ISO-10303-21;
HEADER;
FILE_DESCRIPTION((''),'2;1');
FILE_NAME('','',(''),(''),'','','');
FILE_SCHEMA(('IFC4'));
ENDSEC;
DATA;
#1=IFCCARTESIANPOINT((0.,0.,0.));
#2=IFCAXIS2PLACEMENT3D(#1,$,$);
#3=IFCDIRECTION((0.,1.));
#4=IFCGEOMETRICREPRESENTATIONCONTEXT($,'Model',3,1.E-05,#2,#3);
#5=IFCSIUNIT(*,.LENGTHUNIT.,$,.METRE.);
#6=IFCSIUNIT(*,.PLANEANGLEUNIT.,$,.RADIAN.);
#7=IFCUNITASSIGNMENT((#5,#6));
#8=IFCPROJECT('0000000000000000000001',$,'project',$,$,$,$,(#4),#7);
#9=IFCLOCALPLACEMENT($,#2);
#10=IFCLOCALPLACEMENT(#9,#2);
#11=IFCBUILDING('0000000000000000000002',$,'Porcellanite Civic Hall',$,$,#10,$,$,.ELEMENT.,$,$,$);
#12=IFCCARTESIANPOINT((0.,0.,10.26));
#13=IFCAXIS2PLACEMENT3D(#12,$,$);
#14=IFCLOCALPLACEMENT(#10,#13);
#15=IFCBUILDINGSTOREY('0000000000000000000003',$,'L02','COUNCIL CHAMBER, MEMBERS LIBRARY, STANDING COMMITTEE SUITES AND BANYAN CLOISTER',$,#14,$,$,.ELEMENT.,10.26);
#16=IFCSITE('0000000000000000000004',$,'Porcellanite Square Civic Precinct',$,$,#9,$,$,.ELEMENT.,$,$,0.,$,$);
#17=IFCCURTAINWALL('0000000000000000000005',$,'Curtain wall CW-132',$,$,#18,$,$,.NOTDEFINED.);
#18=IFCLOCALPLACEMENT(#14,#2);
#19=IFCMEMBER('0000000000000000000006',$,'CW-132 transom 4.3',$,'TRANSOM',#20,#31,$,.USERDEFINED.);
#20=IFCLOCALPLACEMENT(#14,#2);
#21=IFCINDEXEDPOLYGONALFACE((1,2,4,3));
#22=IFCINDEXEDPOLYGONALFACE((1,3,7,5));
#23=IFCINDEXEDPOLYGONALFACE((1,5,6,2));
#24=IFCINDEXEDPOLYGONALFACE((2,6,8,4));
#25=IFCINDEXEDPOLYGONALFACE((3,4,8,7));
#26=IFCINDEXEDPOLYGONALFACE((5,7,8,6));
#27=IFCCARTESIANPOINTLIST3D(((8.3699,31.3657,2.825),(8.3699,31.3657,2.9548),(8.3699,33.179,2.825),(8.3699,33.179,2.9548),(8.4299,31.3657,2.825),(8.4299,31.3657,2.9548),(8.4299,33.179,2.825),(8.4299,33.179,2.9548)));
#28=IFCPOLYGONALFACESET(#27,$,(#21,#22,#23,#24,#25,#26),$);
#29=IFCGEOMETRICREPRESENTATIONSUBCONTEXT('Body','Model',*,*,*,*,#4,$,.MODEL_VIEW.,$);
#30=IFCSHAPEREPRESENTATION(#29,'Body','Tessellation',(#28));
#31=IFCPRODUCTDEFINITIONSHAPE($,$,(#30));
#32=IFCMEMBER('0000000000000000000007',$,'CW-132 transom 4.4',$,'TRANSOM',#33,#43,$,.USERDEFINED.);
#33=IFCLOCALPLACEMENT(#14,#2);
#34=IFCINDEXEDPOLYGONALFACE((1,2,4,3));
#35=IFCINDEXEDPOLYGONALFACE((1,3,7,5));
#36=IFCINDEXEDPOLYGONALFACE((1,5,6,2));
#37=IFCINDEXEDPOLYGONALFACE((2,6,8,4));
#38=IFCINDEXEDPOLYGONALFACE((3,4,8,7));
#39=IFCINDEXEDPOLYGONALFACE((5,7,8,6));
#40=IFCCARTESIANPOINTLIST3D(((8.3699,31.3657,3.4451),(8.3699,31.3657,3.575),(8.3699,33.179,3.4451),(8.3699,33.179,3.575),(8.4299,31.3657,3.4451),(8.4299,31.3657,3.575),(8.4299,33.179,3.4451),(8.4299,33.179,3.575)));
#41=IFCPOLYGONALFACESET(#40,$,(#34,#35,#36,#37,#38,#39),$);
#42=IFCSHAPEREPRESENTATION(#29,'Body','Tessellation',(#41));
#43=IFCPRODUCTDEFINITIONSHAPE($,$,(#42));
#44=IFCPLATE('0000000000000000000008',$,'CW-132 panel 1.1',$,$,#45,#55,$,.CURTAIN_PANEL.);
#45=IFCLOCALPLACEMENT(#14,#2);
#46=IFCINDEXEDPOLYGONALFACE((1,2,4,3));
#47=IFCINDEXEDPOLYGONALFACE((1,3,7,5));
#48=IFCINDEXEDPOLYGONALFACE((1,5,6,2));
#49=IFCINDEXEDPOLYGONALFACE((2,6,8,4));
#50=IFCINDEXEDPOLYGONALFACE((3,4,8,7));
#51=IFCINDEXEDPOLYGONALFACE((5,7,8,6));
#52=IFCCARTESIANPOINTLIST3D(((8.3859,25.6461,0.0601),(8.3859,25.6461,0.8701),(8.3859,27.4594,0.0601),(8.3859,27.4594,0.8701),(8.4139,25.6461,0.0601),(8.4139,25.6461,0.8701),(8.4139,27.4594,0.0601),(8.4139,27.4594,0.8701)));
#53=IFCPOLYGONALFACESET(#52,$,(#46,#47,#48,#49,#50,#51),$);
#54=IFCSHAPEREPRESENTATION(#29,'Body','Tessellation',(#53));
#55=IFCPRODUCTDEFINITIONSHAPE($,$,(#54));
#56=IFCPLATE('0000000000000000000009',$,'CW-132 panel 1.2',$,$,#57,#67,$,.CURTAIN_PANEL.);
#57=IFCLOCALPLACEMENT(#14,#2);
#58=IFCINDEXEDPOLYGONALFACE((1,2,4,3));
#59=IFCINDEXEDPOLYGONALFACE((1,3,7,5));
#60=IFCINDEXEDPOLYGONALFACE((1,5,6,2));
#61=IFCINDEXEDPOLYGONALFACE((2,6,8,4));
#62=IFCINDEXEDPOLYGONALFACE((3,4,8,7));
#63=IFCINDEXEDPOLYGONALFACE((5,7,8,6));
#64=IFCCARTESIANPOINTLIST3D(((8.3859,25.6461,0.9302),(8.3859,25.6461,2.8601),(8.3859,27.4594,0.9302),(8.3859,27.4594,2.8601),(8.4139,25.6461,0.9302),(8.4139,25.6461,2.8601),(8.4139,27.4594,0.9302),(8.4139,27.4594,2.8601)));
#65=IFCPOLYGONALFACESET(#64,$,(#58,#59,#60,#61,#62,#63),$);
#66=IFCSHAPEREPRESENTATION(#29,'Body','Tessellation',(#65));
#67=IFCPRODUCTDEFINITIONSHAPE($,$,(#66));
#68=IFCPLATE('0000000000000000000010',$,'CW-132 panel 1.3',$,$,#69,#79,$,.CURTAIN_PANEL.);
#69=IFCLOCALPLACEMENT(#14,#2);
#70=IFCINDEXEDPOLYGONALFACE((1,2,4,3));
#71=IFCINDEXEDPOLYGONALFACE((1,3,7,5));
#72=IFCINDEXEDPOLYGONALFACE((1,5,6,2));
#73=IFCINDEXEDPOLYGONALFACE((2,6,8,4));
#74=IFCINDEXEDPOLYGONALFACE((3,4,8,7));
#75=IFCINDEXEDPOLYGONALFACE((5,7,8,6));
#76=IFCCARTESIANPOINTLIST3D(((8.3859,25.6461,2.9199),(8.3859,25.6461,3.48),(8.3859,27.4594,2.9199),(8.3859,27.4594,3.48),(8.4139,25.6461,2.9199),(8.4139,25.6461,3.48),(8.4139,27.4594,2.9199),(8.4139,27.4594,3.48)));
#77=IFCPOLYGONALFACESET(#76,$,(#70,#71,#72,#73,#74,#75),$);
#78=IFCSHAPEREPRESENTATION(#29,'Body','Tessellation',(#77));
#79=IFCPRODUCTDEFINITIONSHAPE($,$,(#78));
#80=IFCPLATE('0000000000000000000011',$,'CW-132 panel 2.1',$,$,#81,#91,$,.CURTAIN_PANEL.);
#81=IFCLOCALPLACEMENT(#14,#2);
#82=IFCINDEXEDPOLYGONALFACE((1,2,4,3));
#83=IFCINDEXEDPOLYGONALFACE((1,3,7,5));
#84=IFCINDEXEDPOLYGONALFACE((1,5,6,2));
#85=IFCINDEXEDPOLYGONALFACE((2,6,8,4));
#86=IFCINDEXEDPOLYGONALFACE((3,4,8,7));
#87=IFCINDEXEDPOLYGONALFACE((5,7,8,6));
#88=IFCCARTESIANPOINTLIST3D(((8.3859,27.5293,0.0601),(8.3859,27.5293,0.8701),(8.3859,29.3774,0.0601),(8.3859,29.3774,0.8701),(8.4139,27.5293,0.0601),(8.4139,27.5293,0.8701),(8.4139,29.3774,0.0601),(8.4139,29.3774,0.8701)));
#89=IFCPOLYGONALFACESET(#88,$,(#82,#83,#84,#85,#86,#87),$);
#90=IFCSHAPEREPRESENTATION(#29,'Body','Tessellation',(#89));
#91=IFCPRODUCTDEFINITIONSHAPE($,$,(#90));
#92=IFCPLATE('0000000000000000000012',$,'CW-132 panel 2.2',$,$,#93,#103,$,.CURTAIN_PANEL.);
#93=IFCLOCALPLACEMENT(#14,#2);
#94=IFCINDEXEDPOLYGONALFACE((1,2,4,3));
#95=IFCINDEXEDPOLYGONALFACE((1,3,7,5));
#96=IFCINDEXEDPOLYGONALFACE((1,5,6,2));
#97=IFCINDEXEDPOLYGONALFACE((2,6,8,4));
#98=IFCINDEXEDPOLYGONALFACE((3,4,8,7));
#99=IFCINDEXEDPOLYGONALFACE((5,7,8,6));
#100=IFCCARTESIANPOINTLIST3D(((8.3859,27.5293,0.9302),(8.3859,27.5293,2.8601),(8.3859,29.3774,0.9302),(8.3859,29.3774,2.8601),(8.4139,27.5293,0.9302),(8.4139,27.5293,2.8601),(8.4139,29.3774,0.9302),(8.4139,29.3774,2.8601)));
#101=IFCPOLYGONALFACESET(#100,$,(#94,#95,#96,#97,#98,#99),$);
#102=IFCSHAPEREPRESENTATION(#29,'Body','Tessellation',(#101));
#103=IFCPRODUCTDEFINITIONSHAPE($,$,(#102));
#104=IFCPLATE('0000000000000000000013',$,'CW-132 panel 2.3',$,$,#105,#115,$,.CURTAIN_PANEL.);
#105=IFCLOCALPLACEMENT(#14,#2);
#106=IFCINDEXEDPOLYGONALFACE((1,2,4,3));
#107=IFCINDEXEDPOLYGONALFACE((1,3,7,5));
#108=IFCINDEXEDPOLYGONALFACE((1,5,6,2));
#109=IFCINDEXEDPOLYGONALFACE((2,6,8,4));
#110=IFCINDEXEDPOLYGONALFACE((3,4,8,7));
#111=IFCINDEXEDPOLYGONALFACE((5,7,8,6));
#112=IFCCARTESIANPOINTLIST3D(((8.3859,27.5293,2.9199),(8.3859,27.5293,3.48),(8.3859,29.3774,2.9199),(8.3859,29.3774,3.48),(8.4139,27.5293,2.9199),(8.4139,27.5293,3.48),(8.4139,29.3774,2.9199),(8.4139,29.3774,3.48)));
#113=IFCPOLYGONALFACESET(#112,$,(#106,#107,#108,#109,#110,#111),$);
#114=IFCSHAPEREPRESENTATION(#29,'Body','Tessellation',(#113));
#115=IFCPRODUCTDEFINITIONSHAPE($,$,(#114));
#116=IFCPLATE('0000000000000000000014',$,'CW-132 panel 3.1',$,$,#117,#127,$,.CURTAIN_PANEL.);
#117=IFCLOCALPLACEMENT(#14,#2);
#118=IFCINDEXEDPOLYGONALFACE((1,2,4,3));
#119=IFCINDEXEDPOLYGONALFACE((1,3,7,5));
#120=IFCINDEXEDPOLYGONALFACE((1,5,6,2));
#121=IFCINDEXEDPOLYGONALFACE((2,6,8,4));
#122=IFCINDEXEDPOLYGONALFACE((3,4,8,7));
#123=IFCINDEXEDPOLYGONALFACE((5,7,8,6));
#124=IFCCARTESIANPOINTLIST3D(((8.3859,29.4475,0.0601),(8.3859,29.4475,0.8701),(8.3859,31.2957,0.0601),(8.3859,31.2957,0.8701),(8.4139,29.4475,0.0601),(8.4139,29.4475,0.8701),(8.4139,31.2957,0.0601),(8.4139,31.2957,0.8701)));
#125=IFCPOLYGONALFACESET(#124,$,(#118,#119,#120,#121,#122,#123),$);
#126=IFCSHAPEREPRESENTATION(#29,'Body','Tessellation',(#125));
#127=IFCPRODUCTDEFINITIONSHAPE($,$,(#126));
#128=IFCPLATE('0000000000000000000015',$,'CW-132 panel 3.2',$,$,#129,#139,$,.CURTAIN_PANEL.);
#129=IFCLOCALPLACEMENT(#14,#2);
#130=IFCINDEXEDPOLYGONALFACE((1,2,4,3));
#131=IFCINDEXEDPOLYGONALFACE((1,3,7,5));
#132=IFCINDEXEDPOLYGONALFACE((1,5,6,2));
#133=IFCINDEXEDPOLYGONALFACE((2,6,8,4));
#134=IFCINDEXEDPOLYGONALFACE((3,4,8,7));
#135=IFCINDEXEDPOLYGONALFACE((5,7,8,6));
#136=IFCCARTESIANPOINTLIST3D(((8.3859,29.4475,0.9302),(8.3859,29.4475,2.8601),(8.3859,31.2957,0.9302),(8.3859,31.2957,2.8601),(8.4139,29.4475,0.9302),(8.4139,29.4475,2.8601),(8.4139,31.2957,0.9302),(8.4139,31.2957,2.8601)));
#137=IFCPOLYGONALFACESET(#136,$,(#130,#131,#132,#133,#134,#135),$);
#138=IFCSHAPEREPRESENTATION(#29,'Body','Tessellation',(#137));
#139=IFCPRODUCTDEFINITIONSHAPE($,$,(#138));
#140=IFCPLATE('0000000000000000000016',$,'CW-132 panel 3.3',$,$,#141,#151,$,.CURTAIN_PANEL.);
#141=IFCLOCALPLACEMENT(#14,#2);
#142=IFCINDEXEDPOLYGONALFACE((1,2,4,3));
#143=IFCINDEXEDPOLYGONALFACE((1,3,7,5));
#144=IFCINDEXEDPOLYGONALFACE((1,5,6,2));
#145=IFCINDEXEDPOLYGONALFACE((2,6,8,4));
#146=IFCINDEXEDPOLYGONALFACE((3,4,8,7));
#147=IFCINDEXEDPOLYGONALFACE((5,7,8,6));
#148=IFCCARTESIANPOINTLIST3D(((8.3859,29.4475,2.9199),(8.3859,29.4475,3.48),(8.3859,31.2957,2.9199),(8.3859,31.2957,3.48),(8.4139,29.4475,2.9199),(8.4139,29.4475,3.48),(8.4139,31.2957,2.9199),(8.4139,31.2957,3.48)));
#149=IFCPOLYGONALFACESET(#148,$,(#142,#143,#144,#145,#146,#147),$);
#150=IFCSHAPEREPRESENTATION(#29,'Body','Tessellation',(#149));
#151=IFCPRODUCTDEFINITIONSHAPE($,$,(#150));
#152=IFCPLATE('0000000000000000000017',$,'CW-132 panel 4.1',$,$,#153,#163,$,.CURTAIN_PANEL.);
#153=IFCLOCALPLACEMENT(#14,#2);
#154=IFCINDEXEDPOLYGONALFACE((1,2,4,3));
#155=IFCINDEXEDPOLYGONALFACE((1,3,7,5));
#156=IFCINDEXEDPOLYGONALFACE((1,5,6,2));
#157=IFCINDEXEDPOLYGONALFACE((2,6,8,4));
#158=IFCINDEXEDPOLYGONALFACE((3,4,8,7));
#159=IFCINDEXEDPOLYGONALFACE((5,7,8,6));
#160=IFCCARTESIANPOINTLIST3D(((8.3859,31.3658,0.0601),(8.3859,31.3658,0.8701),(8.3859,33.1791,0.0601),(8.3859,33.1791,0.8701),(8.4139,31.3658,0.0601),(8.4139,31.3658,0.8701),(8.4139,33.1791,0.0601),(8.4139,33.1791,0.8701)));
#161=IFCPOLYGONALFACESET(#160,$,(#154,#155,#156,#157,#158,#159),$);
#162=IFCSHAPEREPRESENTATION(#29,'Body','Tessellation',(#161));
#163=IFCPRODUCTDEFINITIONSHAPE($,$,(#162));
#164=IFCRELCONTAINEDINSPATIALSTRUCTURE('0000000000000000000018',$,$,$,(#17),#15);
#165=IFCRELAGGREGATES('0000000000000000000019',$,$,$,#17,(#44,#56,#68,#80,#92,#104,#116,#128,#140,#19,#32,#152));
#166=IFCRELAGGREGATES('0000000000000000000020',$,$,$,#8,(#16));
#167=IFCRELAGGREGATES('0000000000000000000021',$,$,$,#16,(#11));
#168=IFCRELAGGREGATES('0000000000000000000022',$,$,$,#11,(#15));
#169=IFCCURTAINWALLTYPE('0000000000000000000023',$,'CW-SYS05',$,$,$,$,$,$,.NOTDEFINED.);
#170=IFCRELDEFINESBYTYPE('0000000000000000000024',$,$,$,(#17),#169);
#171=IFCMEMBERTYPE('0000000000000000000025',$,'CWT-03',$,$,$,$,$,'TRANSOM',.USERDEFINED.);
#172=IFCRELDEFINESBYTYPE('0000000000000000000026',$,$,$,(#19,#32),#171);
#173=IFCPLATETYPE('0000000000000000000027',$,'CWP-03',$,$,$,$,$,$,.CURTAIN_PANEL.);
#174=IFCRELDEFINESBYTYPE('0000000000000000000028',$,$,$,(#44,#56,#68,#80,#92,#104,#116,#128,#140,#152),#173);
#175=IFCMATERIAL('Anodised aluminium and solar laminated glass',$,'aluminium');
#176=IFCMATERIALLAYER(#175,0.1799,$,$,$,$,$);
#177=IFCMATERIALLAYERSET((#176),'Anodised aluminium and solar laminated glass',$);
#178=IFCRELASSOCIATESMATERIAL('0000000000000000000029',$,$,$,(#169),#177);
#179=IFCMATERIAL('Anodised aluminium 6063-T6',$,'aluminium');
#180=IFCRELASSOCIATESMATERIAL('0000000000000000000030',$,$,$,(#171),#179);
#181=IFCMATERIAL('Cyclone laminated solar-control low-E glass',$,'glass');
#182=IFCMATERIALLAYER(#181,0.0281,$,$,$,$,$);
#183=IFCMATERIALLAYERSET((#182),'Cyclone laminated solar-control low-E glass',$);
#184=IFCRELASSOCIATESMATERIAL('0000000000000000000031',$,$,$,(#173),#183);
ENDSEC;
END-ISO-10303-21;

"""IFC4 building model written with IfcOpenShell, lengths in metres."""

from ifc_helpers import new_model, si_unit, direction, frame, origin, origin_2d, place, context, subcontext, project, spatial, rectangle, extrude, material, layer, layer_set, material_profile, profile_set, type_object, element, aggregate, save


model = new_model("IFC4")

# Units and contexts
model_context = context("Model", 3, precision=1e-05, world=origin(), true_north=direction((0.0, 1.0)))
body_context = subcontext(model_context, "Body", "Model", "MODEL_VIEW")
ifc_project = project(units=[si_unit("LENGTHUNIT", "METRE"), si_unit("PLANEANGLEUNIT", "RADIAN")], contexts=[model_context])

# Site, building, storey
site_placement = place(None, origin())
site = spatial("IfcSite", under=ifc_project, at=site_placement, Name="Porcellanite Square Civic Precinct", CompositionType="ELEMENT", RefElevation=0.0)
building_placement = place(site_placement, origin())
building = spatial("IfcBuilding", under=site, at=building_placement, Name="Porcellanite Civic Hall", CompositionType="ELEMENT")
storey_placement = place(building_placement, frame((0.0, 0.0, 10.26)))
storey = spatial("IfcBuildingStorey", under=building, at=storey_placement, Name="L02", Description="COUNCIL CHAMBER, MEMBERS LIBRARY, STANDING COMMITTEE SUITES AND BANYAN CLOISTER", CompositionType="ELEMENT", Elevation=10.26)

# Curtain wall, members, plates
ifc_material_1 = material(Name="Anodised aluminium and solar laminated glass", Category="aluminium")
ifc_layer_1 = layer(ifc_material_1, 0.1799)
ifc_layer_set_1 = layer_set([ifc_layer_1], Name="Anodised aluminium and solar laminated glass")
curtain_wall_type = type_object("IfcCurtainWallType", Name="CW-SYS05", PredefinedType="NOTDEFINED", material=ifc_layer_set_1)
curtain_wall_placement = place(storey_placement, origin())
curtain_wall = element("IfcCurtainWall", 1, at=curtain_wall_placement, inside=storey, type_object=curtain_wall_type, Name="Curtain wall CW-132", PredefinedType="NOTDEFINED")
ifc_material_2 = material(Name="Anodised aluminium 6063-T6", Category="aluminium")
ifc_material_profile_1 = material_profile(ifc_material_2, rectangle(XDim=0.0601, YDim=0.1299, at=origin_2d()), Name="AL-60x130")
ifc_profile_set_1 = profile_set([ifc_material_profile_1], Name="Anodised aluminium 6063-T6")
member_type_1 = type_object("IfcMemberType", Name="CWT-03", ElementType="TRANSOM", PredefinedType="USERDEFINED", material=ifc_profile_set_1)
member_1_placement = place(storey_placement, frame((8.3999, 31.3657, 2.8899), z_axis=(0.0, 1.0, 0.0), x_axis=(-1.0, 0.0, 0.0)))
member_1 = element("IfcMember", 2, at=member_1_placement, type_object=member_type_1, Name="CW-132 transom 4.3", ObjectType="TRANSOM", PredefinedType="USERDEFINED", context=body_context, shape_type="SweptSolid", body=[
    extrude(rectangle(XDim=0.0601, YDim=0.1299, at=origin_2d()), origin(), (0.0, 0.0, 1.0), 1.8132),
])
member_2_placement = place(storey_placement, frame((8.3999, 31.3657, 3.51), z_axis=(0.0, 1.0, 0.0), x_axis=(-1.0, 0.0, 0.0)))
member_2 = element("IfcMember", 3, at=member_2_placement, type_object=member_type_1, Name="CW-132 transom 4.4", ObjectType="TRANSOM", PredefinedType="USERDEFINED", context=body_context, shape_type="SweptSolid", body=[
    extrude(rectangle(XDim=0.0601, YDim=0.1299, at=origin_2d()), origin(), (0.0, 0.0, 1.0), 1.8132),
])
ifc_material_3 = material(Name="Cyclone laminated solar-control low-E glass", Category="glass")
ifc_layer_2 = layer(ifc_material_3, 0.0281)
ifc_layer_set_2 = layer_set([ifc_layer_2], Name="Cyclone laminated solar-control low-E glass")
plate_type = type_object("IfcPlateType", Name="CWP-03", PredefinedType="CURTAIN_PANEL", material=ifc_layer_set_2)
plate_1_placement = place(storey_placement, frame((8.3999, 26.5527, 0.0601), z_axis=(0.0, 0.0, 1.0), x_axis=(0.0, 1.0, 0.0)))
plate_1 = element("IfcPlate", 4, at=plate_1_placement, type_object=plate_type, Name="CW-132 panel 1.1", PredefinedType="CURTAIN_PANEL", context=body_context, shape_type="SweptSolid", body=[
    extrude(rectangle(XDim=1.8132, YDim=0.0281, at=origin_2d()), origin(), (0.0, 0.0, 1.0), 0.8101),
])
plate_2_placement = place(storey_placement, frame((8.3999, 26.5527, 0.9302), z_axis=(0.0, 0.0, 1.0), x_axis=(0.0, 1.0, 0.0)))
plate_2 = element("IfcPlate", 5, at=plate_2_placement, type_object=plate_type, Name="CW-132 panel 1.2", PredefinedType="CURTAIN_PANEL", context=body_context, shape_type="SweptSolid", body=[
    extrude(rectangle(XDim=1.8132, YDim=0.0281, at=origin_2d()), origin(), (0.0, 0.0, 1.0), 1.9299),
])
plate_3_placement = place(storey_placement, frame((8.3999, 26.5527, 2.9199), z_axis=(0.0, 0.0, 1.0), x_axis=(0.0, 1.0, 0.0)))
plate_3 = element("IfcPlate", 6, at=plate_3_placement, type_object=plate_type, Name="CW-132 panel 1.3", PredefinedType="CURTAIN_PANEL", context=body_context, shape_type="SweptSolid", body=[
    extrude(rectangle(XDim=1.8132, YDim=0.0281, at=origin_2d()), origin(), (0.0, 0.0, 1.0), 0.5601),
])
plate_4_placement = place(storey_placement, frame((8.3999, 28.4534, 0.0601), z_axis=(0.0, 0.0, 1.0), x_axis=(0.0, 1.0, 0.0)))
plate_4 = element("IfcPlate", 7, at=plate_4_placement, type_object=plate_type, Name="CW-132 panel 2.1", PredefinedType="CURTAIN_PANEL", context=body_context, shape_type="SweptSolid", body=[
    extrude(rectangle(XDim=1.8481, YDim=0.0281, at=origin_2d()), origin(), (0.0, 0.0, 1.0), 0.8101),
])
plate_5_placement = place(storey_placement, frame((8.3999, 28.4534, 0.9302), z_axis=(0.0, 0.0, 1.0), x_axis=(0.0, 1.0, 0.0)))
plate_5 = element("IfcPlate", 8, at=plate_5_placement, type_object=plate_type, Name="CW-132 panel 2.2", PredefinedType="CURTAIN_PANEL", context=body_context, shape_type="SweptSolid", body=[
    extrude(rectangle(XDim=1.8481, YDim=0.0281, at=origin_2d()), origin(), (0.0, 0.0, 1.0), 1.9299),
])
plate_6_placement = place(storey_placement, frame((8.3999, 28.4534, 2.9199), z_axis=(0.0, 0.0, 1.0), x_axis=(0.0, 1.0, 0.0)))
plate_6 = element("IfcPlate", 9, at=plate_6_placement, type_object=plate_type, Name="CW-132 panel 2.3", PredefinedType="CURTAIN_PANEL", context=body_context, shape_type="SweptSolid", body=[
    extrude(rectangle(XDim=1.8481, YDim=0.0281, at=origin_2d()), origin(), (0.0, 0.0, 1.0), 0.5601),
])
plate_7_placement = place(storey_placement, frame((8.3999, 30.3716, 0.0601), z_axis=(0.0, 0.0, 1.0), x_axis=(0.0, 1.0, 0.0)))
plate_7 = element("IfcPlate", 10, at=plate_7_placement, type_object=plate_type, Name="CW-132 panel 3.1", PredefinedType="CURTAIN_PANEL", context=body_context, shape_type="SweptSolid", body=[
    extrude(rectangle(XDim=1.8481, YDim=0.0281, at=origin_2d()), origin(), (0.0, 0.0, 1.0), 0.8101),
])
plate_8_placement = place(storey_placement, frame((8.3999, 30.3716, 0.9302), z_axis=(0.0, 0.0, 1.0), x_axis=(0.0, 1.0, 0.0)))
plate_8 = element("IfcPlate", 11, at=plate_8_placement, type_object=plate_type, Name="CW-132 panel 3.2", PredefinedType="CURTAIN_PANEL", context=body_context, shape_type="SweptSolid", body=[
    extrude(rectangle(XDim=1.8481, YDim=0.0281, at=origin_2d()), origin(), (0.0, 0.0, 1.0), 1.9299),
])
plate_9_placement = place(storey_placement, frame((8.3999, 30.3716, 2.9199), z_axis=(0.0, 0.0, 1.0), x_axis=(0.0, 1.0, 0.0)))
plate_9 = element("IfcPlate", 12, at=plate_9_placement, type_object=plate_type, Name="CW-132 panel 3.3", PredefinedType="CURTAIN_PANEL", context=body_context, shape_type="SweptSolid", body=[
    extrude(rectangle(XDim=1.8481, YDim=0.0281, at=origin_2d()), origin(), (0.0, 0.0, 1.0), 0.5601),
])
plate_10_placement = place(storey_placement, frame((8.3999, 32.2725, 0.0601), z_axis=(0.0, 0.0, 1.0), x_axis=(0.0, 1.0, 0.0)))
plate_10 = element("IfcPlate", 13, at=plate_10_placement, type_object=plate_type, Name="CW-132 panel 4.1", PredefinedType="CURTAIN_PANEL", context=body_context, shape_type="SweptSolid", body=[
    extrude(rectangle(XDim=1.8132, YDim=0.0281, at=origin_2d()), origin(), (0.0, 0.0, 1.0), 0.8101),
])
aggregate(curtain_wall, [plate_1, plate_2, plate_3, plate_4, plate_5, plate_6, plate_7, plate_8, plate_9, member_1, member_2, plate_10])

save(model, "model.ifc")
